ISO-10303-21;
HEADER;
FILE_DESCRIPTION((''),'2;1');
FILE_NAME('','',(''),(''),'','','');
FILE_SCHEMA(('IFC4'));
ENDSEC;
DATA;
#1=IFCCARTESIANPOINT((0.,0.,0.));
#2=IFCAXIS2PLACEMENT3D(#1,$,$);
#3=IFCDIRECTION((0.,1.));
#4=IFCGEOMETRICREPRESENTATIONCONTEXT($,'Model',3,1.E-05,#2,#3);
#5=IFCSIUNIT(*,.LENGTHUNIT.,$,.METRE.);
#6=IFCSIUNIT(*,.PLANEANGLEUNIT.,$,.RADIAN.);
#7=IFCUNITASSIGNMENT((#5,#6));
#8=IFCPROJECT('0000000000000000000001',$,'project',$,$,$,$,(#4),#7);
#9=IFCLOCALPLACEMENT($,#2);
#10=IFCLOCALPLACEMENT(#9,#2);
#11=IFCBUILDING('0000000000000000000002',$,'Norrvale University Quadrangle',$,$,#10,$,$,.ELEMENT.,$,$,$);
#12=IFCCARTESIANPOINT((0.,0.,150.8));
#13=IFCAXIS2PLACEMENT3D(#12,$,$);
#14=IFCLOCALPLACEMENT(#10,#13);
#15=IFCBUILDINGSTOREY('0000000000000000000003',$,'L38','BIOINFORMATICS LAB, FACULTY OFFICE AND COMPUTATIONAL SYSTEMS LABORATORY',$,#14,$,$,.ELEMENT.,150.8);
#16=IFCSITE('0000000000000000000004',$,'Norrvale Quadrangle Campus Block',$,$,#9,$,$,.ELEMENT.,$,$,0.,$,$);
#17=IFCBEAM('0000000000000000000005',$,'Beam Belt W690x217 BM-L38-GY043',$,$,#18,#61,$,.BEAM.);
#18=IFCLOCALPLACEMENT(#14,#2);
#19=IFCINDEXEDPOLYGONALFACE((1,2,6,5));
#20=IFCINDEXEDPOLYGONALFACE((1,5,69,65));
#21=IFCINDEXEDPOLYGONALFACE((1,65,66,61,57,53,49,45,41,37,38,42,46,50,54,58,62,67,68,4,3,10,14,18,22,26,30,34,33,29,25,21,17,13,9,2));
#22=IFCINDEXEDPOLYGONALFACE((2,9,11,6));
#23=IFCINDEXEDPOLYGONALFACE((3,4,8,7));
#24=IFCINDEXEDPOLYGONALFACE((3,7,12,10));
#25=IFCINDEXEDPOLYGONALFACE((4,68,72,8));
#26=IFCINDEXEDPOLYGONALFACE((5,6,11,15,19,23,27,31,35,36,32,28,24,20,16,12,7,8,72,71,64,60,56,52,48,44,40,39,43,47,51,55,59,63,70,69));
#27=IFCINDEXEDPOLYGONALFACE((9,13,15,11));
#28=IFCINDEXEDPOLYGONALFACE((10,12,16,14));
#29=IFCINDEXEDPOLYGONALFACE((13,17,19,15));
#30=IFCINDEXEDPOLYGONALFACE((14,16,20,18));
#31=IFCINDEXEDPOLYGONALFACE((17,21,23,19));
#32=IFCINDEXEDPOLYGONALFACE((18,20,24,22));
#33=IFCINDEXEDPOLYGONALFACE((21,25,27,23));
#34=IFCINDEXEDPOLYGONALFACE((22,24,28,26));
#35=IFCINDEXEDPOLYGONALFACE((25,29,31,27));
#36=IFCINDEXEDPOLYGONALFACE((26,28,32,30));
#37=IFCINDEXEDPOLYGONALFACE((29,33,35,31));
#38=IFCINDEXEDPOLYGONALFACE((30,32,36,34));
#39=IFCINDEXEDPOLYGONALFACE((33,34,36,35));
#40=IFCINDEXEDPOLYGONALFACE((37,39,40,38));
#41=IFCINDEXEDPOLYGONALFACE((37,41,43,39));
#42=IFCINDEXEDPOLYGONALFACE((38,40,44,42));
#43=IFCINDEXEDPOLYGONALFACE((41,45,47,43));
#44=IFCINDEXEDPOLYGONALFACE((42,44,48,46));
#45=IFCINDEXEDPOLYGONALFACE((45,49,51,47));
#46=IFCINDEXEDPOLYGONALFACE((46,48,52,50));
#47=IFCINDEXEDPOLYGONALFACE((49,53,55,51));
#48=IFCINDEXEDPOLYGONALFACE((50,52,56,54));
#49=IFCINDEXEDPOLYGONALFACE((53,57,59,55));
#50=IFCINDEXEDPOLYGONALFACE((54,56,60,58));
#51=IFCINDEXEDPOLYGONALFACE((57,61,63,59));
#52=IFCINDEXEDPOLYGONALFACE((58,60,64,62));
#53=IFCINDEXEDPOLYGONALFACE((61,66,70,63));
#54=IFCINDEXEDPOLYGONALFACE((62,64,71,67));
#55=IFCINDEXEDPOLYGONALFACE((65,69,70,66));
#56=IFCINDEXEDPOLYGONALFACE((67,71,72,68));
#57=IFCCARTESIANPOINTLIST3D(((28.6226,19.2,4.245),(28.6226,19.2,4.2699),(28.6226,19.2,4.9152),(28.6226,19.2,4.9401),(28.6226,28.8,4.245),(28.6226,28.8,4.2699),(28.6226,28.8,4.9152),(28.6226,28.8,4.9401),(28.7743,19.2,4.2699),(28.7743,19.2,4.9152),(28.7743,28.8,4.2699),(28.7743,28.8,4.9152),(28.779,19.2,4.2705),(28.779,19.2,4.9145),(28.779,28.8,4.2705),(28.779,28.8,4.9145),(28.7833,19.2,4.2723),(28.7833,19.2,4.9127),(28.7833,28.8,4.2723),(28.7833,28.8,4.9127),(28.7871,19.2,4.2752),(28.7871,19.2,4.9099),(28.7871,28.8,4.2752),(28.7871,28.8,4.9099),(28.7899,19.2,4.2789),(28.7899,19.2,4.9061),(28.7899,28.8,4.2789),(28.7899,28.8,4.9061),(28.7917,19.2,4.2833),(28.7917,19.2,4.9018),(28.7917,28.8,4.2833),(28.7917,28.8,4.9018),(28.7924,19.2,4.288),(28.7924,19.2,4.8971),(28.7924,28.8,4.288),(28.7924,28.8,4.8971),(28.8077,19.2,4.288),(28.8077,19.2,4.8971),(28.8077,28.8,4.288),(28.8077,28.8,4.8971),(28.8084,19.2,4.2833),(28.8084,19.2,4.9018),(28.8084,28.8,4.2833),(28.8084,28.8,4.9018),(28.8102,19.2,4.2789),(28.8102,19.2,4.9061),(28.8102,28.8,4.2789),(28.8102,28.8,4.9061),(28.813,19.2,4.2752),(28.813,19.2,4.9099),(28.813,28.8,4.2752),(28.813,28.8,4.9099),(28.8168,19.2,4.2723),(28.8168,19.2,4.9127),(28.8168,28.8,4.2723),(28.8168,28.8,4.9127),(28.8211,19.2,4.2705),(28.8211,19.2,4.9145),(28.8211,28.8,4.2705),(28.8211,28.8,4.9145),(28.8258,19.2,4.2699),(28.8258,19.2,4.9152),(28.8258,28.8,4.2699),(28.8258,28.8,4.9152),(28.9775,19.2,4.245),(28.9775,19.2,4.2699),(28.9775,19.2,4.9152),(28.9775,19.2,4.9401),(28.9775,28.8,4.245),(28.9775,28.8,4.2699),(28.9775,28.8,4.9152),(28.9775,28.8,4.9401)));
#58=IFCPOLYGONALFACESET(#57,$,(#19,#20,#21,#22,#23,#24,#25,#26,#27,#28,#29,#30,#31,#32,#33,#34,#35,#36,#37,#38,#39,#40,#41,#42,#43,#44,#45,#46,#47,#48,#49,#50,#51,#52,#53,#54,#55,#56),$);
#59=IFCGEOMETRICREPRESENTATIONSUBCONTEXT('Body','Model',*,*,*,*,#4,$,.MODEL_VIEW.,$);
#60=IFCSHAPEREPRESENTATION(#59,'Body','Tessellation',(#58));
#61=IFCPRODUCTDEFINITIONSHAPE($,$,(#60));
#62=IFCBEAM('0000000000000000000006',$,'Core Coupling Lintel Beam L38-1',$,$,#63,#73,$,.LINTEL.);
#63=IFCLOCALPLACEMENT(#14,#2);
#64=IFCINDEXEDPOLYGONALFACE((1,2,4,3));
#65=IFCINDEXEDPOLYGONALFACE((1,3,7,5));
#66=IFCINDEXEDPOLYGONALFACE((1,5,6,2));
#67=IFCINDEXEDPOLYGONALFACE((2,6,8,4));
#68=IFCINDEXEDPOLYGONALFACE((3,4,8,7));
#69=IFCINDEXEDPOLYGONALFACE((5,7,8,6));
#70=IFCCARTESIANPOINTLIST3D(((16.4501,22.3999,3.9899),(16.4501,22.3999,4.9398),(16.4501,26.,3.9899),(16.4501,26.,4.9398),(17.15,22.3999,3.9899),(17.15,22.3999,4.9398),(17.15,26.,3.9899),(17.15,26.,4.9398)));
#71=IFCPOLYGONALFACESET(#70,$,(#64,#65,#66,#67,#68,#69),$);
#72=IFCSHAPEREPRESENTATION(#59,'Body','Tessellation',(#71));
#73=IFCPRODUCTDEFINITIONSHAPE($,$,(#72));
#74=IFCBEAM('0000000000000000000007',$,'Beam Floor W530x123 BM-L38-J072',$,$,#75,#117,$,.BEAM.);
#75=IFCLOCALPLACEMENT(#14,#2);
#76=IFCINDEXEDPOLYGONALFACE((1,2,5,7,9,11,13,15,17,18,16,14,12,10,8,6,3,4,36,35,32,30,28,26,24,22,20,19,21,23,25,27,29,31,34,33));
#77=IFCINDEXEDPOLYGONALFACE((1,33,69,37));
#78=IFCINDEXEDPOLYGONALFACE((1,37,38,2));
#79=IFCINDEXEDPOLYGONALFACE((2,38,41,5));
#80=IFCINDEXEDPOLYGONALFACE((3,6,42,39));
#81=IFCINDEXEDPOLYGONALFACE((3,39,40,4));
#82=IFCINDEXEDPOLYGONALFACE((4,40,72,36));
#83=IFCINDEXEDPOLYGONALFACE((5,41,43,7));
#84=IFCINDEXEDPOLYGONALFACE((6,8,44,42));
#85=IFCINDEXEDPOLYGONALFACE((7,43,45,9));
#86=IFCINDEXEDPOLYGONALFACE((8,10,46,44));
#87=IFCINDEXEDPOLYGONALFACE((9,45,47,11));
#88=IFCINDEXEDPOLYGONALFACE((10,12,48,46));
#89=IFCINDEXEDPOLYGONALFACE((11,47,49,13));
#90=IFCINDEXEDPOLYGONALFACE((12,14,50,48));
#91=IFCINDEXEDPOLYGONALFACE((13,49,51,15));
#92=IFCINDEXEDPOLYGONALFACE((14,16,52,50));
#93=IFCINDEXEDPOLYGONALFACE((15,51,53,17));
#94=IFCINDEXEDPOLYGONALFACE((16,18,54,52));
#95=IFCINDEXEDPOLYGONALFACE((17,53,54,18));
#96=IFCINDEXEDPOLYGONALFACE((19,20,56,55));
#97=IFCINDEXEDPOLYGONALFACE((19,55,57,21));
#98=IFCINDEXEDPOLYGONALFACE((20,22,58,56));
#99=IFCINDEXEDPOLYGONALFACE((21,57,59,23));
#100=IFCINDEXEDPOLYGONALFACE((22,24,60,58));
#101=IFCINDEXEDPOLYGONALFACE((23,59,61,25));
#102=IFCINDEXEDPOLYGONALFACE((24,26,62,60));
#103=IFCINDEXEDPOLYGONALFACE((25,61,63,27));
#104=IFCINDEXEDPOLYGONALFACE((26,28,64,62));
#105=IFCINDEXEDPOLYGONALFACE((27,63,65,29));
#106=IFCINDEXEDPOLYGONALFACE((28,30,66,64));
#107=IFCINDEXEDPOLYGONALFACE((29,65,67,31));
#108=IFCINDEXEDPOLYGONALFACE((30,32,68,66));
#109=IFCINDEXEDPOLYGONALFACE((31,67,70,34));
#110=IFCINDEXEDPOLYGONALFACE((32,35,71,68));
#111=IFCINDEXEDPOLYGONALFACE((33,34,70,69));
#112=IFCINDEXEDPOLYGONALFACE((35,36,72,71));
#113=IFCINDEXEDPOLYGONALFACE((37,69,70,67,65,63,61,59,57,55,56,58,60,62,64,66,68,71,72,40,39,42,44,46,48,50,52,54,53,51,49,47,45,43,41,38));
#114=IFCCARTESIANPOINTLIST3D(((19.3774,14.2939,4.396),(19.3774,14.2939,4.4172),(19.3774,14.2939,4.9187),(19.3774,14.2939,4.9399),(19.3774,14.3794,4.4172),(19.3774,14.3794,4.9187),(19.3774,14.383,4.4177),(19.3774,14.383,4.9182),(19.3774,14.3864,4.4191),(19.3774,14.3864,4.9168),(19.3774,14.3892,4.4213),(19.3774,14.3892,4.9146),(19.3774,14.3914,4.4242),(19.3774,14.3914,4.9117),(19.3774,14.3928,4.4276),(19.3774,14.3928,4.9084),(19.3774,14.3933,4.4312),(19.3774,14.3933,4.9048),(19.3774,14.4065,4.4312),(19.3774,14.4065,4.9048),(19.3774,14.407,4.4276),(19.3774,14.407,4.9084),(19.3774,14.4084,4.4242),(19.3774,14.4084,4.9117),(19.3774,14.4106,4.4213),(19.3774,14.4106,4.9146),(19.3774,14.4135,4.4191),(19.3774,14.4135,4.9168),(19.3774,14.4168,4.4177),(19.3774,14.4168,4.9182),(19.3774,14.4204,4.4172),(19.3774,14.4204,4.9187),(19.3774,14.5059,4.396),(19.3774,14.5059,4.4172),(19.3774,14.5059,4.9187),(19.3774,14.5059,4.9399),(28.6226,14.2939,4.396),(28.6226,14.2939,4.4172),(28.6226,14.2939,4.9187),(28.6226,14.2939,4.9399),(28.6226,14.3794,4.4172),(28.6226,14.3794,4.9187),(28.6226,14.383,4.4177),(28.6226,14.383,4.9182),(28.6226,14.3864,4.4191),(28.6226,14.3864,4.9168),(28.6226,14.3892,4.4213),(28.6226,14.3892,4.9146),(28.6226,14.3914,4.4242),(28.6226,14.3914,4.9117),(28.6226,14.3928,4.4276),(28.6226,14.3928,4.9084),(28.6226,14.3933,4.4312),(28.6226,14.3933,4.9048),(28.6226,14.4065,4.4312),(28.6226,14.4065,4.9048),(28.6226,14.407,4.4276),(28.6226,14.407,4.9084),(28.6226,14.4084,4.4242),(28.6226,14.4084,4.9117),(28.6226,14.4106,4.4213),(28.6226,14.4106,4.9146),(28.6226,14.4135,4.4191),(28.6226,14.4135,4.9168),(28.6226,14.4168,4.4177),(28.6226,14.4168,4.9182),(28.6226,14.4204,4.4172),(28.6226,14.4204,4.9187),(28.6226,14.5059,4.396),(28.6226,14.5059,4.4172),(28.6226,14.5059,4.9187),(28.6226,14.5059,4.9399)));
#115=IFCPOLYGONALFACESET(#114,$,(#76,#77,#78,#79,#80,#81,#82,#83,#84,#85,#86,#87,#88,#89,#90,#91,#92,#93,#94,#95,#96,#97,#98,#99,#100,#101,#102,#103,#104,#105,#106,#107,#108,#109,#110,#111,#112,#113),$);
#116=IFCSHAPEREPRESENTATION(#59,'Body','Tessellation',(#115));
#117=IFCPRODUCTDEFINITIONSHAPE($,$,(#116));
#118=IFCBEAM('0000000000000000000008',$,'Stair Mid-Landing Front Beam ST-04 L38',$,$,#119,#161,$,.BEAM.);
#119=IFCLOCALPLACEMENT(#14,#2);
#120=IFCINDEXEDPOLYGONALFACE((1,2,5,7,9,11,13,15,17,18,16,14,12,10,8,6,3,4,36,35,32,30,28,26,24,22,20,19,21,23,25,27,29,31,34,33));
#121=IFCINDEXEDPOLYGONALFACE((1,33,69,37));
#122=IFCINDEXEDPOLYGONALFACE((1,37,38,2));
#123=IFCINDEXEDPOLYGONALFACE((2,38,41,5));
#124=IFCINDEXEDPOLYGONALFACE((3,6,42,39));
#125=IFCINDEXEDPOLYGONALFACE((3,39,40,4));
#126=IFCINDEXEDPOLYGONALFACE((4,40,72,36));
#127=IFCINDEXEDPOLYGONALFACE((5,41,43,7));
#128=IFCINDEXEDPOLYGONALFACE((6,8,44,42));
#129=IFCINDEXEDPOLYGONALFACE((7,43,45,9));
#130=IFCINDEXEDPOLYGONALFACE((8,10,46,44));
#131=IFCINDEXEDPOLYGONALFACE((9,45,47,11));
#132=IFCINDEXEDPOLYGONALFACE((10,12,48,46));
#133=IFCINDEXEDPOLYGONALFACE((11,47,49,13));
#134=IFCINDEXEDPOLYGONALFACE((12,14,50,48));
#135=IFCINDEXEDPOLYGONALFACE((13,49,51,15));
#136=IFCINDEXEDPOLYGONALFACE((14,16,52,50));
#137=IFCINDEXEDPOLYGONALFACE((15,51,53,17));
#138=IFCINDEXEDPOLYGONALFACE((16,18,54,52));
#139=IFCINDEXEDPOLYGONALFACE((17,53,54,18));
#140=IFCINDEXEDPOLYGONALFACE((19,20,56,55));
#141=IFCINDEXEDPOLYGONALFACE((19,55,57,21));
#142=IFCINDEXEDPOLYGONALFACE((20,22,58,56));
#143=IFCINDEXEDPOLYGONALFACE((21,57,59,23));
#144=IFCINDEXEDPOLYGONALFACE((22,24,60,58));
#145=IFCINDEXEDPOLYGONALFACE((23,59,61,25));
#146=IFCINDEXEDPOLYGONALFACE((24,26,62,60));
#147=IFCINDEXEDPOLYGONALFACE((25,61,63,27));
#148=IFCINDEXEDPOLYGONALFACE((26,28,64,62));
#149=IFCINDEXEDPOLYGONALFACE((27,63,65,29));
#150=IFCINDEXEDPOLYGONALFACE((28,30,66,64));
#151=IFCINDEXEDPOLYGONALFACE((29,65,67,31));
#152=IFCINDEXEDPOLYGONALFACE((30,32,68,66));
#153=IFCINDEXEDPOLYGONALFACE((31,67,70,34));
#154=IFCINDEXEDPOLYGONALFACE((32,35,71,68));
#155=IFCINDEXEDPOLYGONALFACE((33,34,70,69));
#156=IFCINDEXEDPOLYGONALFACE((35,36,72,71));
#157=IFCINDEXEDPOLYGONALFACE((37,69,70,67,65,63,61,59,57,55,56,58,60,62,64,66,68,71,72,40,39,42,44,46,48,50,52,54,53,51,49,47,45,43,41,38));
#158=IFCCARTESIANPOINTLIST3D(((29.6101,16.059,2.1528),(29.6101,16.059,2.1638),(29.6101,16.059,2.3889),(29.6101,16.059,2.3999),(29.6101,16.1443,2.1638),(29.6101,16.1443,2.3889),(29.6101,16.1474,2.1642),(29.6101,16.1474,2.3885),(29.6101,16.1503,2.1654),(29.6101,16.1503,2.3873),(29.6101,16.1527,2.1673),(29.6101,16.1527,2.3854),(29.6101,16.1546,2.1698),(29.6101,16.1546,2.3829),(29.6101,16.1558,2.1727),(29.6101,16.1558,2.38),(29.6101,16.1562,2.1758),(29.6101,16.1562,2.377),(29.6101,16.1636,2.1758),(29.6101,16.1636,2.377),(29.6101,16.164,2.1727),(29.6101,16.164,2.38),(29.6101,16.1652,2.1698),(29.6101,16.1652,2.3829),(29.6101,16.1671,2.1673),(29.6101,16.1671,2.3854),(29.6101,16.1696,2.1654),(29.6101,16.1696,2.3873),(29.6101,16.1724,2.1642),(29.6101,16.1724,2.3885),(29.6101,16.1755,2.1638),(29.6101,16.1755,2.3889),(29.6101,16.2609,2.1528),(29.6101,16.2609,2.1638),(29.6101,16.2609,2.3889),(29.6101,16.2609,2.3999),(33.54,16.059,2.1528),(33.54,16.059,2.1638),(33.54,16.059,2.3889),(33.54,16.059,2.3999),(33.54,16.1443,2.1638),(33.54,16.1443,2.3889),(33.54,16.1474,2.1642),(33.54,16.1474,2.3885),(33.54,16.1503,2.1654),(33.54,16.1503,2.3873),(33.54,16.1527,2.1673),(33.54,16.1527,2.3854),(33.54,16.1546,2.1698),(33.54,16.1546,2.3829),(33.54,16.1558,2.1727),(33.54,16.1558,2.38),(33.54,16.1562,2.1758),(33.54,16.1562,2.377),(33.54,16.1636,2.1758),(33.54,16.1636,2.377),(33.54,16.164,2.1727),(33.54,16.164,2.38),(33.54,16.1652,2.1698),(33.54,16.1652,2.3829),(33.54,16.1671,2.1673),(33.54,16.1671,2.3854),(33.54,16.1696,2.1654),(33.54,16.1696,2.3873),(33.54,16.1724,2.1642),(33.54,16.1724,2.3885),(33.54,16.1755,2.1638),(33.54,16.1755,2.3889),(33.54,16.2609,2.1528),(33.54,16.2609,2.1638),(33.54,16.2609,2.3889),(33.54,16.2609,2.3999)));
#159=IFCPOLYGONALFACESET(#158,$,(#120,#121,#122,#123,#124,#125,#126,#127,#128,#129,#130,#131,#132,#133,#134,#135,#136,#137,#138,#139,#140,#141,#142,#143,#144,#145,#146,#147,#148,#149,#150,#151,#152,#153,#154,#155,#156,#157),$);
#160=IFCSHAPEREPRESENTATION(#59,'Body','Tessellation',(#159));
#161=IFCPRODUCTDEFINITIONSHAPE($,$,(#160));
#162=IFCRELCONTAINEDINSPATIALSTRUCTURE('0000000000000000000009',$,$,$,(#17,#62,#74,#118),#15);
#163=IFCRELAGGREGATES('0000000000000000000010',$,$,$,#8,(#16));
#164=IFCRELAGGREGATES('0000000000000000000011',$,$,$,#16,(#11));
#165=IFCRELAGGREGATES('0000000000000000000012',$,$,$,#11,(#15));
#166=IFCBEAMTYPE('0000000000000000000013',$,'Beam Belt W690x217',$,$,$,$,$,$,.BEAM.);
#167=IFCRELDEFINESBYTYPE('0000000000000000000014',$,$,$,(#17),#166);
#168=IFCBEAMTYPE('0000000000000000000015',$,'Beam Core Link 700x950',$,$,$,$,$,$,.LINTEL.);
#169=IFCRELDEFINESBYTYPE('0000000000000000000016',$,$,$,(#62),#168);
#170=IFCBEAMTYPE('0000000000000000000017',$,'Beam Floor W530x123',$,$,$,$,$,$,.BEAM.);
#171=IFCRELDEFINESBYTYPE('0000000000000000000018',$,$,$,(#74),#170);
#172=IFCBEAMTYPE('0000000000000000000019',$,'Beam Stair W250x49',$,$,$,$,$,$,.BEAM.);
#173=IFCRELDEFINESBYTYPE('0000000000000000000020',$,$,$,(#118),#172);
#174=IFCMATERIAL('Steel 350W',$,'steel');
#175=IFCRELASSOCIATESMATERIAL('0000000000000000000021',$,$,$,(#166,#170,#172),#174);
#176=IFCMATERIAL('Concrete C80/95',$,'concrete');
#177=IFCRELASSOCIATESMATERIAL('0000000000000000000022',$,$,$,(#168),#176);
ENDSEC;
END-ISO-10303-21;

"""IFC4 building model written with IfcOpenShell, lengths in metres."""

from ifc_helpers import new_model, si_unit, direction, frame, origin, origin_2d, place, context, subcontext, project, spatial, rectangle, i_section, extrude, material, material_profile, profile_set, type_object, element, save


model = new_model("IFC4")

# Units and contexts
model_context = context("Model", 3, precision=1e-05, world=origin(), true_north=direction((0.0, 1.0)))
body_context = subcontext(model_context, "Body", "Model", "MODEL_VIEW")
ifc_project = project(units=[si_unit("LENGTHUNIT", "METRE"), si_unit("PLANEANGLEUNIT", "RADIAN")], contexts=[model_context])

# Site, building, storey
site_placement = place(None, origin())
site = spatial("IfcSite", under=ifc_project, at=site_placement, Name="Norrvale Quadrangle Campus Block", CompositionType="ELEMENT", RefElevation=0.0)
building_placement = place(site_placement, origin())
building = spatial("IfcBuilding", under=site, at=building_placement, Name="Norrvale University Quadrangle", CompositionType="ELEMENT")
storey_placement = place(building_placement, frame((0.0, 0.0, 150.8)))
storey = spatial("IfcBuildingStorey", under=building, at=storey_placement, Name="L38", Description="BIOINFORMATICS LAB, FACULTY OFFICE AND COMPUTATIONAL SYSTEMS LABORATORY", CompositionType="ELEMENT", Elevation=150.8)

# Beams
ifc_material_1 = material(Name="Steel 350W", Category="steel")
ifc_material_profile_1 = material_profile(ifc_material_1, i_section(OverallWidth=0.355, OverallDepth=0.6951, WebThickness=0.0154, FlangeThickness=0.0249, FilletRadius=0.0181, at=origin_2d()), Name="Steel 350W")
ifc_profile_set_1 = profile_set([ifc_material_profile_1], Name="Steel 350W")
beam_type_1 = type_object("IfcBeamType", Name="Beam Belt W690x217", PredefinedType="BEAM", material=ifc_profile_set_1)
for number, where, z_axis, x_axis, name in (
    (1, (28.8, 19.2, 4.5925), (0.0, 1.0, 0.0), (-1.0, 0.0, 0.0), "Beam Belt W690x217 BM-L38-GY043"),
):
    element("IfcBeam", number, at=place(storey_placement, frame(where, z_axis=z_axis, x_axis=x_axis)), inside=storey, type_object=beam_type_1, Name=name, PredefinedType="BEAM", context=body_context, shape_type="SweptSolid", body=[
        extrude(i_section(OverallWidth=0.355, OverallDepth=0.6951, WebThickness=0.0154, FlangeThickness=0.0249, FilletRadius=0.0181, at=origin_2d()), origin(), (0.0, 0.0, 1.0), 9.6001),
    ])
ifc_material_2 = material(Name="Concrete C80/95", Category="concrete")
ifc_material_profile_2 = material_profile(ifc_material_2, rectangle(XDim=0.7, YDim=0.95, at=origin_2d()), Name="Concrete C80/95")
ifc_profile_set_2 = profile_set([ifc_material_profile_2], Name="Concrete C80/95")
beam_type_2 = type_object("IfcBeamType", Name="Beam Core Link 700x950", PredefinedType="LINTEL", material=ifc_profile_set_2)
beam_1_placement = place(storey_placement, frame((16.8, 22.3999, 4.4648), z_axis=(0.0, 1.0, 0.0), x_axis=(-1.0, 0.0, 0.0)))
element("IfcBeam", 2, at=beam_1_placement, inside=storey, type_object=beam_type_2, Name="Core Coupling Lintel Beam L38-1", PredefinedType="LINTEL", context=body_context, shape_type="SweptSolid", body=[
    extrude(rectangle(XDim=0.7, YDim=0.95, at=origin_2d()), origin(), (0.0, 0.0, 1.0), 3.6001),
])
ifc_material_profile_3 = material_profile(ifc_material_1, i_section(OverallWidth=0.2119, OverallDepth=0.5439, WebThickness=0.0132, FlangeThickness=0.0212, FilletRadius=0.0139, at=origin_2d()), Name="Steel 350W")
ifc_profile_set_3 = profile_set([ifc_material_profile_3], Name="Steel 350W")
beam_type_3 = type_object("IfcBeamType", Name="Beam Floor W530x123", PredefinedType="BEAM", material=ifc_profile_set_3)
beam_2_placement = place(storey_placement, frame((19.3774, 14.3999, 4.668), z_axis=(1.0, 0.0, 0.0), x_axis=(0.0, 1.0, 0.0)))
element("IfcBeam", 3, at=beam_2_placement, inside=storey, type_object=beam_type_3, Name="Beam Floor W530x123 BM-L38-J072", PredefinedType="BEAM", context=body_context, shape_type="SweptSolid", body=[
    extrude(i_section(OverallWidth=0.2119, OverallDepth=0.5439, WebThickness=0.0132, FlangeThickness=0.0212, FilletRadius=0.0139, at=origin_2d()), origin(), (0.0, 0.0, 1.0), 9.2451),
])
ifc_material_profile_4 = material_profile(ifc_material_1, i_section(OverallWidth=0.2019, OverallDepth=0.2471, WebThickness=0.0073, FlangeThickness=0.011, FilletRadius=0.012, at=origin_2d()), Name="Steel 350W")
ifc_profile_set_4 = profile_set([ifc_material_profile_4], Name="Steel 350W")
beam_type_4 = type_object("IfcBeamType", Name="Beam Stair W250x49", PredefinedType="BEAM", material=ifc_profile_set_4)
for number, where, z_axis, x_axis, name in (
    (4, (29.6101, 16.1599, 2.2764), (1.0, 0.0, 0.0), (0.0, 1.0, 0.0), "Stair Mid-Landing Front Beam ST-04 L38"),
):
    element("IfcBeam", number, at=place(storey_placement, frame(where, z_axis=z_axis, x_axis=x_axis)), inside=storey, type_object=beam_type_4, Name=name, PredefinedType="BEAM", context=body_context, shape_type="SweptSolid", body=[
        extrude(i_section(OverallWidth=0.2019, OverallDepth=0.2471, WebThickness=0.0073, FlangeThickness=0.011, FilletRadius=0.012, at=origin_2d()), origin(), (0.0, 0.0, 1.0), 3.9299),
    ])

save(model, "model.ifc")
